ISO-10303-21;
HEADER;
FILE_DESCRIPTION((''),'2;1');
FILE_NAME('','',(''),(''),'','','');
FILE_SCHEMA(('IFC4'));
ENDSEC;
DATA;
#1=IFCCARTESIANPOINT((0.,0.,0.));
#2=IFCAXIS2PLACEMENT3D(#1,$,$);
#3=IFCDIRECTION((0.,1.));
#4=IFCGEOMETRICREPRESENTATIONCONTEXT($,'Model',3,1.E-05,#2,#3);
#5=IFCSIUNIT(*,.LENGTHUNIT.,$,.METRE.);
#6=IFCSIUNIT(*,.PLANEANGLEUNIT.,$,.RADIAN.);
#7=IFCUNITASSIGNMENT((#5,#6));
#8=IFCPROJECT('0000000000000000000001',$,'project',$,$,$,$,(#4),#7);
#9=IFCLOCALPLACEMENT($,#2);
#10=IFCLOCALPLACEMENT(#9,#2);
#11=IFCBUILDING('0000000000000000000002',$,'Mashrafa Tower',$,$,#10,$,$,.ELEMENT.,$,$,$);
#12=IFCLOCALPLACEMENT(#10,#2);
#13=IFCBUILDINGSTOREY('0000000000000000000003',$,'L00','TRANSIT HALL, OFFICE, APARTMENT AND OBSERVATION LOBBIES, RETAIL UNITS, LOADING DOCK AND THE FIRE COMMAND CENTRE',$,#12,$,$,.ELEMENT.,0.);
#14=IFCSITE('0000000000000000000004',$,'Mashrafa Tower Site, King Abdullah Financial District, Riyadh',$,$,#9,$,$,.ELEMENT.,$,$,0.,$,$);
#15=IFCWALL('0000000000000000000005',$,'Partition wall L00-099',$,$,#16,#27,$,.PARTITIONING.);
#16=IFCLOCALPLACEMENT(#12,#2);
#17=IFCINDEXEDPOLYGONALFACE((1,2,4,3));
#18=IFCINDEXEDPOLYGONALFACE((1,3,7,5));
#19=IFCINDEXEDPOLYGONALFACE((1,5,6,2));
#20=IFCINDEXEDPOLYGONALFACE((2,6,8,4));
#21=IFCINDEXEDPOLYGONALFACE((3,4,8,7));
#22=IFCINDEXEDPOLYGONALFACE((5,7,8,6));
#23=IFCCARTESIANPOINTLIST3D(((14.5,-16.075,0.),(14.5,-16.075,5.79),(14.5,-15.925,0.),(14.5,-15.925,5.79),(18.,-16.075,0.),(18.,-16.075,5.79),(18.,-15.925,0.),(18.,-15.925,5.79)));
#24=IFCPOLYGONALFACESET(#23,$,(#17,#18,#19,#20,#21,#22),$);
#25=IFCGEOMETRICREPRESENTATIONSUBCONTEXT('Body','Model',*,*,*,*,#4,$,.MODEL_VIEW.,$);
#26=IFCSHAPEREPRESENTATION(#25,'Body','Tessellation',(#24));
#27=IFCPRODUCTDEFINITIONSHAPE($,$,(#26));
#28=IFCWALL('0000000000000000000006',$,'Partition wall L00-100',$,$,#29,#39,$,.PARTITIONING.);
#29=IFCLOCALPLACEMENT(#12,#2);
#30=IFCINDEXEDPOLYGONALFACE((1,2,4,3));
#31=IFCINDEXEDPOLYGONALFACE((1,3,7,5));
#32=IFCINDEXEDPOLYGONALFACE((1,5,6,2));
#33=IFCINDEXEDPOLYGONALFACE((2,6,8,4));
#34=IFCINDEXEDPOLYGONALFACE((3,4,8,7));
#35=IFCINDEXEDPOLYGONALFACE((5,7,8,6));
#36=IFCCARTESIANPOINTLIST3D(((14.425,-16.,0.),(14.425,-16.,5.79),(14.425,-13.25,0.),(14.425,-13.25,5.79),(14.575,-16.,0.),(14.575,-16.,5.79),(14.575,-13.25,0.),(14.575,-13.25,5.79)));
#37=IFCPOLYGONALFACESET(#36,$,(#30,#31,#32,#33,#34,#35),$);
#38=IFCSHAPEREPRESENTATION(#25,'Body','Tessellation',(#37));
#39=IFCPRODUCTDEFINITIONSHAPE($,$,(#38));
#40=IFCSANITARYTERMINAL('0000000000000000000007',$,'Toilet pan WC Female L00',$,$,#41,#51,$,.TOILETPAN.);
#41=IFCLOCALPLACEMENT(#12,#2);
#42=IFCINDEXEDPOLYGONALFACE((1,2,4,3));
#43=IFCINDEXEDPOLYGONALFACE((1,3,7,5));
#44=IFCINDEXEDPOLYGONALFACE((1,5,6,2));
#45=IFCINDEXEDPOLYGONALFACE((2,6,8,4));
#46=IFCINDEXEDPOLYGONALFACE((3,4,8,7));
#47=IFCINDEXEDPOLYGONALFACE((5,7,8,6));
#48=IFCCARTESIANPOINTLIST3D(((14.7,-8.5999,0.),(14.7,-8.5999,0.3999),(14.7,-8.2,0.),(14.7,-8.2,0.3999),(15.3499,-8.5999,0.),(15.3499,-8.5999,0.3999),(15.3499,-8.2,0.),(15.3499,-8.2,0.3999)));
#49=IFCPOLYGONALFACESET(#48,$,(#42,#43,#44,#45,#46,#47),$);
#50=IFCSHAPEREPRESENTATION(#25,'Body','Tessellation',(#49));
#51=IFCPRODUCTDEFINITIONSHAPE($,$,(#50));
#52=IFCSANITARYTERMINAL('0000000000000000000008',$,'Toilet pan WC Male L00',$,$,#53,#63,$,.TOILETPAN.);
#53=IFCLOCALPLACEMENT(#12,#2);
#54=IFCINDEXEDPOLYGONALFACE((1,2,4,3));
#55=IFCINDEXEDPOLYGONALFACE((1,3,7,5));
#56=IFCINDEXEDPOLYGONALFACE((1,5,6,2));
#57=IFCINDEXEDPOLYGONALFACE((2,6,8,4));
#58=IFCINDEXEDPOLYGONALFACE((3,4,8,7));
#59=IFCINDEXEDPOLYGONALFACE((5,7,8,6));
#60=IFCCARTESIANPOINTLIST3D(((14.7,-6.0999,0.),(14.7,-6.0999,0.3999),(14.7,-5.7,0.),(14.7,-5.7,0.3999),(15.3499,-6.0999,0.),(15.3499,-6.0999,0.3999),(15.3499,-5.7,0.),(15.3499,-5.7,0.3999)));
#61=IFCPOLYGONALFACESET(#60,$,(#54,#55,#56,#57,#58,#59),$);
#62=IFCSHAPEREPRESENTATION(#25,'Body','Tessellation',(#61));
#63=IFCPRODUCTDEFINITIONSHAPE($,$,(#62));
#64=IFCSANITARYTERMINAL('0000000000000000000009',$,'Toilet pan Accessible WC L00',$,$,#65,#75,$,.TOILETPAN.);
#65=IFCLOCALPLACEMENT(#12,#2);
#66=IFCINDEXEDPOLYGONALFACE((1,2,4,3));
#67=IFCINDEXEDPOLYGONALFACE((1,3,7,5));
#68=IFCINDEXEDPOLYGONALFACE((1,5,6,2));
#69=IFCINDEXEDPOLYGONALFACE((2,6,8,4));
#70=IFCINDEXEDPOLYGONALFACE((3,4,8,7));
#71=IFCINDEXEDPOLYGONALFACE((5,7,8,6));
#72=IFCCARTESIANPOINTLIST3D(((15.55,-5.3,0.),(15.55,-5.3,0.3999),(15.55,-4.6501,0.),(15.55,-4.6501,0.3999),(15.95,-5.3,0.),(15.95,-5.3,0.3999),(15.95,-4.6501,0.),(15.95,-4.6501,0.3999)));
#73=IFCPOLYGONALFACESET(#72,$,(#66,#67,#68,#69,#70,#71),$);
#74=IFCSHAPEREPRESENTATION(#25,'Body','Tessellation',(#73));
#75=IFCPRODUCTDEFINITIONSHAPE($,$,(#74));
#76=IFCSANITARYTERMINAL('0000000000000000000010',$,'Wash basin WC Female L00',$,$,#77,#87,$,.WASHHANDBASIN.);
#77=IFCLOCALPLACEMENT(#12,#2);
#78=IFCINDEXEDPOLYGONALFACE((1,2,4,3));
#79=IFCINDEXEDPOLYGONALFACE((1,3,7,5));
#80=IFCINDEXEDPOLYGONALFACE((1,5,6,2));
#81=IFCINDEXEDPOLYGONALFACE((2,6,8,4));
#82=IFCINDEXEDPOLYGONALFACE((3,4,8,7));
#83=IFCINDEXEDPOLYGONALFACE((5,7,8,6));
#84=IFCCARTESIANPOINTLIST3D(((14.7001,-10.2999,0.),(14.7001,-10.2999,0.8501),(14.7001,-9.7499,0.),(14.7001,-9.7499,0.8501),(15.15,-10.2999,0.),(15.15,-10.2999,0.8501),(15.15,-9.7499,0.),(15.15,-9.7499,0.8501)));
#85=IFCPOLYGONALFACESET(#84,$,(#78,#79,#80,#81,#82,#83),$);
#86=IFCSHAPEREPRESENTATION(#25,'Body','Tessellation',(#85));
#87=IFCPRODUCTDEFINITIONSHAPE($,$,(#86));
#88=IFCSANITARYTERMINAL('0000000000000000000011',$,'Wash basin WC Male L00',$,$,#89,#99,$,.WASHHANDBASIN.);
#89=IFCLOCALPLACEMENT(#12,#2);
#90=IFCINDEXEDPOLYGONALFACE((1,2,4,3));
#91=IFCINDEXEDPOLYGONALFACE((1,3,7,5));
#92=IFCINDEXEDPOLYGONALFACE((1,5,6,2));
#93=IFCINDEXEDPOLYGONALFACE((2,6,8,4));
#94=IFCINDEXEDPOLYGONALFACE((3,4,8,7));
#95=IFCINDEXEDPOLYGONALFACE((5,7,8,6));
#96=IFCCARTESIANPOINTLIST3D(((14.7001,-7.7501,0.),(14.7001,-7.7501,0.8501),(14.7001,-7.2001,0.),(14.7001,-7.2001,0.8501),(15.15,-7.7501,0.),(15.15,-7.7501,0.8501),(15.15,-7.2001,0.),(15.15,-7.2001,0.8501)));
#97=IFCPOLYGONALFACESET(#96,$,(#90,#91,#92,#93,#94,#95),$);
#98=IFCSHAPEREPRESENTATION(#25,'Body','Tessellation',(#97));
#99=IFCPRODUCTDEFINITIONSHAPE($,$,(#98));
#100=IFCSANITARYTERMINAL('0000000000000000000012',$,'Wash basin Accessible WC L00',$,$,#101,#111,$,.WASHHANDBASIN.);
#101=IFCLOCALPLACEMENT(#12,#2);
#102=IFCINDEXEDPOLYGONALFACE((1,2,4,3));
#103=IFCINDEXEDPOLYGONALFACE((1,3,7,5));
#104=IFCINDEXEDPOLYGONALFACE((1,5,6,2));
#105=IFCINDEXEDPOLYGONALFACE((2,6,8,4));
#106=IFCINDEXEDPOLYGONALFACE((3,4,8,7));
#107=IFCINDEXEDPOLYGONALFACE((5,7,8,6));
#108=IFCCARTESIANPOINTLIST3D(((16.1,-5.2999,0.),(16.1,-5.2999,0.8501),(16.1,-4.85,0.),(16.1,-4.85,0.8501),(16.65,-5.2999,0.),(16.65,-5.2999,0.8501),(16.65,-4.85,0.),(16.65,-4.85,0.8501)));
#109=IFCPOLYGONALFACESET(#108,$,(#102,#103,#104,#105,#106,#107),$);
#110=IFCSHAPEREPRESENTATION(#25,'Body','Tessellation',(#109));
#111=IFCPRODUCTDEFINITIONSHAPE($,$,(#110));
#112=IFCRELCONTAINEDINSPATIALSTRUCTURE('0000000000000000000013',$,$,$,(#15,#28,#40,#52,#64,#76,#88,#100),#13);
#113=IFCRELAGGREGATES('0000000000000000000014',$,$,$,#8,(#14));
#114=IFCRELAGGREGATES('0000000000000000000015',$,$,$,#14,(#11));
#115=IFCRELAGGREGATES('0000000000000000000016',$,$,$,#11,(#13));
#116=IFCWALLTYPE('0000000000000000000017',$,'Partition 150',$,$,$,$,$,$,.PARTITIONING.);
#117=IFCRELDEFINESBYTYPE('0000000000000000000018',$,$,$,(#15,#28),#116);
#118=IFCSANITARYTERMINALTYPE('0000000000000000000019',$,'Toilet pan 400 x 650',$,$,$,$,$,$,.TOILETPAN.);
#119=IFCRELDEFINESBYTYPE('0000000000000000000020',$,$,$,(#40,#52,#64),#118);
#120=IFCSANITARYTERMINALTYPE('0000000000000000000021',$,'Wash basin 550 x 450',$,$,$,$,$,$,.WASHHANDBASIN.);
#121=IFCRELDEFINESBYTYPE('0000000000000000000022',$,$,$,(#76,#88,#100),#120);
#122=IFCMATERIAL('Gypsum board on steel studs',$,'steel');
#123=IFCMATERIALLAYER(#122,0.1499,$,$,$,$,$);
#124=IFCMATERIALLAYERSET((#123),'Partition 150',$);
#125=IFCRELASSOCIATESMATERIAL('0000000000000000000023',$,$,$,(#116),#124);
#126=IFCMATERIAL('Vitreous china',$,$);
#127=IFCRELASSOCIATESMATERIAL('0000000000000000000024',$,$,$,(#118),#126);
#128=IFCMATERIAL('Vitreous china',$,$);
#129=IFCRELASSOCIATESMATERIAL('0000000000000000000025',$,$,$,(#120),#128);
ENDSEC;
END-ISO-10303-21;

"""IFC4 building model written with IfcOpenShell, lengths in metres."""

from ifc_helpers import new_model, si_unit, direction, frame, frame_2d, origin, origin_2d, place, context, subcontext, project, spatial, rectangle, extrude, material, layer, layer_set, type_object, element, save


model = new_model("IFC4")

# Units and contexts
model_context = context("Model", 3, precision=1e-05, world=origin(), true_north=direction((0.0, 1.0)))
body_context = subcontext(model_context, "Body", "Model", "MODEL_VIEW")
ifc_project = project(units=[si_unit("LENGTHUNIT", "METRE"), si_unit("PLANEANGLEUNIT", "RADIAN")], contexts=[model_context])

# Site, building, storey
site_placement = place(None, origin())
site = spatial("IfcSite", under=ifc_project, at=site_placement, Name="Mashrafa Tower Site, King Abdullah Financial District, Riyadh", CompositionType="ELEMENT", RefElevation=0.0)
building_placement = place(site_placement, origin())
building = spatial("IfcBuilding", under=site, at=building_placement, Name="Mashrafa Tower", CompositionType="ELEMENT")
storey_placement = place(building_placement, origin())
storey = spatial("IfcBuildingStorey", under=building, at=storey_placement, Name="L00", Description="TRANSIT HALL, OFFICE, APARTMENT AND OBSERVATION LOBBIES, RETAIL UNITS, LOADING DOCK AND THE FIRE COMMAND CENTRE", CompositionType="ELEMENT", Elevation=0.0)

# Walls
ifc_material_1 = material(Name="Gypsum board on steel studs", Category="steel")
ifc_layer_1 = layer(ifc_material_1, 0.1499)
ifc_layer_set_1 = layer_set([ifc_layer_1], Name="Partition 150")
wall_type_1 = type_object("IfcWallType", Name="Partition 150", PredefinedType="PARTITIONING", material=ifc_layer_set_1)
wall_1_placement = place(storey_placement, frame((18.0, -16.0, 0.0), z_axis=(0.0, 0.0, 1.0), x_axis=(-1.0, 0.0, 0.0)))
element("IfcWall", 1, at=wall_1_placement, inside=storey, type_object=wall_type_1, Name="Partition wall L00-099", PredefinedType="PARTITIONING", context=body_context, shape_type="SweptSolid", body=[
    extrude(rectangle(XDim=3.5, YDim=0.1499, at=frame_2d((1.75, 0.0))), origin(), (0.0, 0.0, 1.0), 5.79),
])
wall_2_placement = place(storey_placement, frame((14.5, -16.0, 0.0), z_axis=(0.0, 0.0, 1.0), x_axis=(0.0, 1.0, 0.0)))
element("IfcWall", 2, at=wall_2_placement, inside=storey, type_object=wall_type_1, Name="Partition wall L00-100", PredefinedType="PARTITIONING", context=body_context, shape_type="SweptSolid", body=[
    extrude(rectangle(XDim=2.75, YDim=0.1499, at=frame_2d((1.375, 0.0))), origin(), (0.0, 0.0, 1.0), 5.79),
])

# Sanitary terminals
ifc_material_2 = material(Name="Vitreous china")
sanitary_terminal_type_1 = type_object("IfcSanitaryTerminalType", Name="Toilet pan 400 x 650", PredefinedType="TOILETPAN", material=ifc_material_2)
for number, where, z_axis, x_axis, name in (
    (3, (15.0249, -8.3999, 0.0), (0.0, 0.0, 1.0), (0.0, -1.0, 0.0), "Toilet pan WC Female L00"),
    (4, (15.0249, -5.8999, 0.0), (0.0, 0.0, 1.0), (0.0, -1.0, 0.0), "Toilet pan WC Male L00"),
    (5, (15.75, -4.9751, 0.0), (0.0, 0.0, 1.0), (1.0, 0.0, 0.0), "Toilet pan Accessible WC L00"),
):
    element("IfcSanitaryTerminal", number, at=place(storey_placement, frame(where, z_axis=z_axis, x_axis=x_axis)), inside=storey, type_object=sanitary_terminal_type_1, Name=name, PredefinedType="TOILETPAN", context=body_context, shape_type="SweptSolid", body=[
        extrude(rectangle(XDim=0.3999, YDim=0.6499, at=origin_2d()), origin(), (0.0, 0.0, 1.0), 0.3999),
    ])
ifc_material_3 = material(Name="Vitreous china")
sanitary_terminal_type_2 = type_object("IfcSanitaryTerminalType", Name="Wash basin 550 x 450", PredefinedType="WASHHANDBASIN", material=ifc_material_3)
for number, where, z_axis, x_axis, name in (
    (6, (14.925, -10.0249, 0.0), (0.0, 0.0, 1.0), (0.0, -1.0, 0.0), "Wash basin WC Female L00"),
    (7, (14.925, -7.4751, 0.0), (0.0, 0.0, 1.0), (0.0, -1.0, 0.0), "Wash basin WC Male L00"),
    (8, (16.375, -5.075, 0.0), (0.0, 0.0, 1.0), (1.0, 0.0, 0.0), "Wash basin Accessible WC L00"),
):
    element("IfcSanitaryTerminal", number, at=place(storey_placement, frame(where, z_axis=z_axis, x_axis=x_axis)), inside=storey, type_object=sanitary_terminal_type_2, Name=name, PredefinedType="WASHHANDBASIN", context=body_context, shape_type="SweptSolid", body=[
        extrude(rectangle(XDim=0.55, YDim=0.45, at=origin_2d()), origin(), (0.0, 0.0, 1.0), 0.8501),
    ])

save(model, "model.ifc")
